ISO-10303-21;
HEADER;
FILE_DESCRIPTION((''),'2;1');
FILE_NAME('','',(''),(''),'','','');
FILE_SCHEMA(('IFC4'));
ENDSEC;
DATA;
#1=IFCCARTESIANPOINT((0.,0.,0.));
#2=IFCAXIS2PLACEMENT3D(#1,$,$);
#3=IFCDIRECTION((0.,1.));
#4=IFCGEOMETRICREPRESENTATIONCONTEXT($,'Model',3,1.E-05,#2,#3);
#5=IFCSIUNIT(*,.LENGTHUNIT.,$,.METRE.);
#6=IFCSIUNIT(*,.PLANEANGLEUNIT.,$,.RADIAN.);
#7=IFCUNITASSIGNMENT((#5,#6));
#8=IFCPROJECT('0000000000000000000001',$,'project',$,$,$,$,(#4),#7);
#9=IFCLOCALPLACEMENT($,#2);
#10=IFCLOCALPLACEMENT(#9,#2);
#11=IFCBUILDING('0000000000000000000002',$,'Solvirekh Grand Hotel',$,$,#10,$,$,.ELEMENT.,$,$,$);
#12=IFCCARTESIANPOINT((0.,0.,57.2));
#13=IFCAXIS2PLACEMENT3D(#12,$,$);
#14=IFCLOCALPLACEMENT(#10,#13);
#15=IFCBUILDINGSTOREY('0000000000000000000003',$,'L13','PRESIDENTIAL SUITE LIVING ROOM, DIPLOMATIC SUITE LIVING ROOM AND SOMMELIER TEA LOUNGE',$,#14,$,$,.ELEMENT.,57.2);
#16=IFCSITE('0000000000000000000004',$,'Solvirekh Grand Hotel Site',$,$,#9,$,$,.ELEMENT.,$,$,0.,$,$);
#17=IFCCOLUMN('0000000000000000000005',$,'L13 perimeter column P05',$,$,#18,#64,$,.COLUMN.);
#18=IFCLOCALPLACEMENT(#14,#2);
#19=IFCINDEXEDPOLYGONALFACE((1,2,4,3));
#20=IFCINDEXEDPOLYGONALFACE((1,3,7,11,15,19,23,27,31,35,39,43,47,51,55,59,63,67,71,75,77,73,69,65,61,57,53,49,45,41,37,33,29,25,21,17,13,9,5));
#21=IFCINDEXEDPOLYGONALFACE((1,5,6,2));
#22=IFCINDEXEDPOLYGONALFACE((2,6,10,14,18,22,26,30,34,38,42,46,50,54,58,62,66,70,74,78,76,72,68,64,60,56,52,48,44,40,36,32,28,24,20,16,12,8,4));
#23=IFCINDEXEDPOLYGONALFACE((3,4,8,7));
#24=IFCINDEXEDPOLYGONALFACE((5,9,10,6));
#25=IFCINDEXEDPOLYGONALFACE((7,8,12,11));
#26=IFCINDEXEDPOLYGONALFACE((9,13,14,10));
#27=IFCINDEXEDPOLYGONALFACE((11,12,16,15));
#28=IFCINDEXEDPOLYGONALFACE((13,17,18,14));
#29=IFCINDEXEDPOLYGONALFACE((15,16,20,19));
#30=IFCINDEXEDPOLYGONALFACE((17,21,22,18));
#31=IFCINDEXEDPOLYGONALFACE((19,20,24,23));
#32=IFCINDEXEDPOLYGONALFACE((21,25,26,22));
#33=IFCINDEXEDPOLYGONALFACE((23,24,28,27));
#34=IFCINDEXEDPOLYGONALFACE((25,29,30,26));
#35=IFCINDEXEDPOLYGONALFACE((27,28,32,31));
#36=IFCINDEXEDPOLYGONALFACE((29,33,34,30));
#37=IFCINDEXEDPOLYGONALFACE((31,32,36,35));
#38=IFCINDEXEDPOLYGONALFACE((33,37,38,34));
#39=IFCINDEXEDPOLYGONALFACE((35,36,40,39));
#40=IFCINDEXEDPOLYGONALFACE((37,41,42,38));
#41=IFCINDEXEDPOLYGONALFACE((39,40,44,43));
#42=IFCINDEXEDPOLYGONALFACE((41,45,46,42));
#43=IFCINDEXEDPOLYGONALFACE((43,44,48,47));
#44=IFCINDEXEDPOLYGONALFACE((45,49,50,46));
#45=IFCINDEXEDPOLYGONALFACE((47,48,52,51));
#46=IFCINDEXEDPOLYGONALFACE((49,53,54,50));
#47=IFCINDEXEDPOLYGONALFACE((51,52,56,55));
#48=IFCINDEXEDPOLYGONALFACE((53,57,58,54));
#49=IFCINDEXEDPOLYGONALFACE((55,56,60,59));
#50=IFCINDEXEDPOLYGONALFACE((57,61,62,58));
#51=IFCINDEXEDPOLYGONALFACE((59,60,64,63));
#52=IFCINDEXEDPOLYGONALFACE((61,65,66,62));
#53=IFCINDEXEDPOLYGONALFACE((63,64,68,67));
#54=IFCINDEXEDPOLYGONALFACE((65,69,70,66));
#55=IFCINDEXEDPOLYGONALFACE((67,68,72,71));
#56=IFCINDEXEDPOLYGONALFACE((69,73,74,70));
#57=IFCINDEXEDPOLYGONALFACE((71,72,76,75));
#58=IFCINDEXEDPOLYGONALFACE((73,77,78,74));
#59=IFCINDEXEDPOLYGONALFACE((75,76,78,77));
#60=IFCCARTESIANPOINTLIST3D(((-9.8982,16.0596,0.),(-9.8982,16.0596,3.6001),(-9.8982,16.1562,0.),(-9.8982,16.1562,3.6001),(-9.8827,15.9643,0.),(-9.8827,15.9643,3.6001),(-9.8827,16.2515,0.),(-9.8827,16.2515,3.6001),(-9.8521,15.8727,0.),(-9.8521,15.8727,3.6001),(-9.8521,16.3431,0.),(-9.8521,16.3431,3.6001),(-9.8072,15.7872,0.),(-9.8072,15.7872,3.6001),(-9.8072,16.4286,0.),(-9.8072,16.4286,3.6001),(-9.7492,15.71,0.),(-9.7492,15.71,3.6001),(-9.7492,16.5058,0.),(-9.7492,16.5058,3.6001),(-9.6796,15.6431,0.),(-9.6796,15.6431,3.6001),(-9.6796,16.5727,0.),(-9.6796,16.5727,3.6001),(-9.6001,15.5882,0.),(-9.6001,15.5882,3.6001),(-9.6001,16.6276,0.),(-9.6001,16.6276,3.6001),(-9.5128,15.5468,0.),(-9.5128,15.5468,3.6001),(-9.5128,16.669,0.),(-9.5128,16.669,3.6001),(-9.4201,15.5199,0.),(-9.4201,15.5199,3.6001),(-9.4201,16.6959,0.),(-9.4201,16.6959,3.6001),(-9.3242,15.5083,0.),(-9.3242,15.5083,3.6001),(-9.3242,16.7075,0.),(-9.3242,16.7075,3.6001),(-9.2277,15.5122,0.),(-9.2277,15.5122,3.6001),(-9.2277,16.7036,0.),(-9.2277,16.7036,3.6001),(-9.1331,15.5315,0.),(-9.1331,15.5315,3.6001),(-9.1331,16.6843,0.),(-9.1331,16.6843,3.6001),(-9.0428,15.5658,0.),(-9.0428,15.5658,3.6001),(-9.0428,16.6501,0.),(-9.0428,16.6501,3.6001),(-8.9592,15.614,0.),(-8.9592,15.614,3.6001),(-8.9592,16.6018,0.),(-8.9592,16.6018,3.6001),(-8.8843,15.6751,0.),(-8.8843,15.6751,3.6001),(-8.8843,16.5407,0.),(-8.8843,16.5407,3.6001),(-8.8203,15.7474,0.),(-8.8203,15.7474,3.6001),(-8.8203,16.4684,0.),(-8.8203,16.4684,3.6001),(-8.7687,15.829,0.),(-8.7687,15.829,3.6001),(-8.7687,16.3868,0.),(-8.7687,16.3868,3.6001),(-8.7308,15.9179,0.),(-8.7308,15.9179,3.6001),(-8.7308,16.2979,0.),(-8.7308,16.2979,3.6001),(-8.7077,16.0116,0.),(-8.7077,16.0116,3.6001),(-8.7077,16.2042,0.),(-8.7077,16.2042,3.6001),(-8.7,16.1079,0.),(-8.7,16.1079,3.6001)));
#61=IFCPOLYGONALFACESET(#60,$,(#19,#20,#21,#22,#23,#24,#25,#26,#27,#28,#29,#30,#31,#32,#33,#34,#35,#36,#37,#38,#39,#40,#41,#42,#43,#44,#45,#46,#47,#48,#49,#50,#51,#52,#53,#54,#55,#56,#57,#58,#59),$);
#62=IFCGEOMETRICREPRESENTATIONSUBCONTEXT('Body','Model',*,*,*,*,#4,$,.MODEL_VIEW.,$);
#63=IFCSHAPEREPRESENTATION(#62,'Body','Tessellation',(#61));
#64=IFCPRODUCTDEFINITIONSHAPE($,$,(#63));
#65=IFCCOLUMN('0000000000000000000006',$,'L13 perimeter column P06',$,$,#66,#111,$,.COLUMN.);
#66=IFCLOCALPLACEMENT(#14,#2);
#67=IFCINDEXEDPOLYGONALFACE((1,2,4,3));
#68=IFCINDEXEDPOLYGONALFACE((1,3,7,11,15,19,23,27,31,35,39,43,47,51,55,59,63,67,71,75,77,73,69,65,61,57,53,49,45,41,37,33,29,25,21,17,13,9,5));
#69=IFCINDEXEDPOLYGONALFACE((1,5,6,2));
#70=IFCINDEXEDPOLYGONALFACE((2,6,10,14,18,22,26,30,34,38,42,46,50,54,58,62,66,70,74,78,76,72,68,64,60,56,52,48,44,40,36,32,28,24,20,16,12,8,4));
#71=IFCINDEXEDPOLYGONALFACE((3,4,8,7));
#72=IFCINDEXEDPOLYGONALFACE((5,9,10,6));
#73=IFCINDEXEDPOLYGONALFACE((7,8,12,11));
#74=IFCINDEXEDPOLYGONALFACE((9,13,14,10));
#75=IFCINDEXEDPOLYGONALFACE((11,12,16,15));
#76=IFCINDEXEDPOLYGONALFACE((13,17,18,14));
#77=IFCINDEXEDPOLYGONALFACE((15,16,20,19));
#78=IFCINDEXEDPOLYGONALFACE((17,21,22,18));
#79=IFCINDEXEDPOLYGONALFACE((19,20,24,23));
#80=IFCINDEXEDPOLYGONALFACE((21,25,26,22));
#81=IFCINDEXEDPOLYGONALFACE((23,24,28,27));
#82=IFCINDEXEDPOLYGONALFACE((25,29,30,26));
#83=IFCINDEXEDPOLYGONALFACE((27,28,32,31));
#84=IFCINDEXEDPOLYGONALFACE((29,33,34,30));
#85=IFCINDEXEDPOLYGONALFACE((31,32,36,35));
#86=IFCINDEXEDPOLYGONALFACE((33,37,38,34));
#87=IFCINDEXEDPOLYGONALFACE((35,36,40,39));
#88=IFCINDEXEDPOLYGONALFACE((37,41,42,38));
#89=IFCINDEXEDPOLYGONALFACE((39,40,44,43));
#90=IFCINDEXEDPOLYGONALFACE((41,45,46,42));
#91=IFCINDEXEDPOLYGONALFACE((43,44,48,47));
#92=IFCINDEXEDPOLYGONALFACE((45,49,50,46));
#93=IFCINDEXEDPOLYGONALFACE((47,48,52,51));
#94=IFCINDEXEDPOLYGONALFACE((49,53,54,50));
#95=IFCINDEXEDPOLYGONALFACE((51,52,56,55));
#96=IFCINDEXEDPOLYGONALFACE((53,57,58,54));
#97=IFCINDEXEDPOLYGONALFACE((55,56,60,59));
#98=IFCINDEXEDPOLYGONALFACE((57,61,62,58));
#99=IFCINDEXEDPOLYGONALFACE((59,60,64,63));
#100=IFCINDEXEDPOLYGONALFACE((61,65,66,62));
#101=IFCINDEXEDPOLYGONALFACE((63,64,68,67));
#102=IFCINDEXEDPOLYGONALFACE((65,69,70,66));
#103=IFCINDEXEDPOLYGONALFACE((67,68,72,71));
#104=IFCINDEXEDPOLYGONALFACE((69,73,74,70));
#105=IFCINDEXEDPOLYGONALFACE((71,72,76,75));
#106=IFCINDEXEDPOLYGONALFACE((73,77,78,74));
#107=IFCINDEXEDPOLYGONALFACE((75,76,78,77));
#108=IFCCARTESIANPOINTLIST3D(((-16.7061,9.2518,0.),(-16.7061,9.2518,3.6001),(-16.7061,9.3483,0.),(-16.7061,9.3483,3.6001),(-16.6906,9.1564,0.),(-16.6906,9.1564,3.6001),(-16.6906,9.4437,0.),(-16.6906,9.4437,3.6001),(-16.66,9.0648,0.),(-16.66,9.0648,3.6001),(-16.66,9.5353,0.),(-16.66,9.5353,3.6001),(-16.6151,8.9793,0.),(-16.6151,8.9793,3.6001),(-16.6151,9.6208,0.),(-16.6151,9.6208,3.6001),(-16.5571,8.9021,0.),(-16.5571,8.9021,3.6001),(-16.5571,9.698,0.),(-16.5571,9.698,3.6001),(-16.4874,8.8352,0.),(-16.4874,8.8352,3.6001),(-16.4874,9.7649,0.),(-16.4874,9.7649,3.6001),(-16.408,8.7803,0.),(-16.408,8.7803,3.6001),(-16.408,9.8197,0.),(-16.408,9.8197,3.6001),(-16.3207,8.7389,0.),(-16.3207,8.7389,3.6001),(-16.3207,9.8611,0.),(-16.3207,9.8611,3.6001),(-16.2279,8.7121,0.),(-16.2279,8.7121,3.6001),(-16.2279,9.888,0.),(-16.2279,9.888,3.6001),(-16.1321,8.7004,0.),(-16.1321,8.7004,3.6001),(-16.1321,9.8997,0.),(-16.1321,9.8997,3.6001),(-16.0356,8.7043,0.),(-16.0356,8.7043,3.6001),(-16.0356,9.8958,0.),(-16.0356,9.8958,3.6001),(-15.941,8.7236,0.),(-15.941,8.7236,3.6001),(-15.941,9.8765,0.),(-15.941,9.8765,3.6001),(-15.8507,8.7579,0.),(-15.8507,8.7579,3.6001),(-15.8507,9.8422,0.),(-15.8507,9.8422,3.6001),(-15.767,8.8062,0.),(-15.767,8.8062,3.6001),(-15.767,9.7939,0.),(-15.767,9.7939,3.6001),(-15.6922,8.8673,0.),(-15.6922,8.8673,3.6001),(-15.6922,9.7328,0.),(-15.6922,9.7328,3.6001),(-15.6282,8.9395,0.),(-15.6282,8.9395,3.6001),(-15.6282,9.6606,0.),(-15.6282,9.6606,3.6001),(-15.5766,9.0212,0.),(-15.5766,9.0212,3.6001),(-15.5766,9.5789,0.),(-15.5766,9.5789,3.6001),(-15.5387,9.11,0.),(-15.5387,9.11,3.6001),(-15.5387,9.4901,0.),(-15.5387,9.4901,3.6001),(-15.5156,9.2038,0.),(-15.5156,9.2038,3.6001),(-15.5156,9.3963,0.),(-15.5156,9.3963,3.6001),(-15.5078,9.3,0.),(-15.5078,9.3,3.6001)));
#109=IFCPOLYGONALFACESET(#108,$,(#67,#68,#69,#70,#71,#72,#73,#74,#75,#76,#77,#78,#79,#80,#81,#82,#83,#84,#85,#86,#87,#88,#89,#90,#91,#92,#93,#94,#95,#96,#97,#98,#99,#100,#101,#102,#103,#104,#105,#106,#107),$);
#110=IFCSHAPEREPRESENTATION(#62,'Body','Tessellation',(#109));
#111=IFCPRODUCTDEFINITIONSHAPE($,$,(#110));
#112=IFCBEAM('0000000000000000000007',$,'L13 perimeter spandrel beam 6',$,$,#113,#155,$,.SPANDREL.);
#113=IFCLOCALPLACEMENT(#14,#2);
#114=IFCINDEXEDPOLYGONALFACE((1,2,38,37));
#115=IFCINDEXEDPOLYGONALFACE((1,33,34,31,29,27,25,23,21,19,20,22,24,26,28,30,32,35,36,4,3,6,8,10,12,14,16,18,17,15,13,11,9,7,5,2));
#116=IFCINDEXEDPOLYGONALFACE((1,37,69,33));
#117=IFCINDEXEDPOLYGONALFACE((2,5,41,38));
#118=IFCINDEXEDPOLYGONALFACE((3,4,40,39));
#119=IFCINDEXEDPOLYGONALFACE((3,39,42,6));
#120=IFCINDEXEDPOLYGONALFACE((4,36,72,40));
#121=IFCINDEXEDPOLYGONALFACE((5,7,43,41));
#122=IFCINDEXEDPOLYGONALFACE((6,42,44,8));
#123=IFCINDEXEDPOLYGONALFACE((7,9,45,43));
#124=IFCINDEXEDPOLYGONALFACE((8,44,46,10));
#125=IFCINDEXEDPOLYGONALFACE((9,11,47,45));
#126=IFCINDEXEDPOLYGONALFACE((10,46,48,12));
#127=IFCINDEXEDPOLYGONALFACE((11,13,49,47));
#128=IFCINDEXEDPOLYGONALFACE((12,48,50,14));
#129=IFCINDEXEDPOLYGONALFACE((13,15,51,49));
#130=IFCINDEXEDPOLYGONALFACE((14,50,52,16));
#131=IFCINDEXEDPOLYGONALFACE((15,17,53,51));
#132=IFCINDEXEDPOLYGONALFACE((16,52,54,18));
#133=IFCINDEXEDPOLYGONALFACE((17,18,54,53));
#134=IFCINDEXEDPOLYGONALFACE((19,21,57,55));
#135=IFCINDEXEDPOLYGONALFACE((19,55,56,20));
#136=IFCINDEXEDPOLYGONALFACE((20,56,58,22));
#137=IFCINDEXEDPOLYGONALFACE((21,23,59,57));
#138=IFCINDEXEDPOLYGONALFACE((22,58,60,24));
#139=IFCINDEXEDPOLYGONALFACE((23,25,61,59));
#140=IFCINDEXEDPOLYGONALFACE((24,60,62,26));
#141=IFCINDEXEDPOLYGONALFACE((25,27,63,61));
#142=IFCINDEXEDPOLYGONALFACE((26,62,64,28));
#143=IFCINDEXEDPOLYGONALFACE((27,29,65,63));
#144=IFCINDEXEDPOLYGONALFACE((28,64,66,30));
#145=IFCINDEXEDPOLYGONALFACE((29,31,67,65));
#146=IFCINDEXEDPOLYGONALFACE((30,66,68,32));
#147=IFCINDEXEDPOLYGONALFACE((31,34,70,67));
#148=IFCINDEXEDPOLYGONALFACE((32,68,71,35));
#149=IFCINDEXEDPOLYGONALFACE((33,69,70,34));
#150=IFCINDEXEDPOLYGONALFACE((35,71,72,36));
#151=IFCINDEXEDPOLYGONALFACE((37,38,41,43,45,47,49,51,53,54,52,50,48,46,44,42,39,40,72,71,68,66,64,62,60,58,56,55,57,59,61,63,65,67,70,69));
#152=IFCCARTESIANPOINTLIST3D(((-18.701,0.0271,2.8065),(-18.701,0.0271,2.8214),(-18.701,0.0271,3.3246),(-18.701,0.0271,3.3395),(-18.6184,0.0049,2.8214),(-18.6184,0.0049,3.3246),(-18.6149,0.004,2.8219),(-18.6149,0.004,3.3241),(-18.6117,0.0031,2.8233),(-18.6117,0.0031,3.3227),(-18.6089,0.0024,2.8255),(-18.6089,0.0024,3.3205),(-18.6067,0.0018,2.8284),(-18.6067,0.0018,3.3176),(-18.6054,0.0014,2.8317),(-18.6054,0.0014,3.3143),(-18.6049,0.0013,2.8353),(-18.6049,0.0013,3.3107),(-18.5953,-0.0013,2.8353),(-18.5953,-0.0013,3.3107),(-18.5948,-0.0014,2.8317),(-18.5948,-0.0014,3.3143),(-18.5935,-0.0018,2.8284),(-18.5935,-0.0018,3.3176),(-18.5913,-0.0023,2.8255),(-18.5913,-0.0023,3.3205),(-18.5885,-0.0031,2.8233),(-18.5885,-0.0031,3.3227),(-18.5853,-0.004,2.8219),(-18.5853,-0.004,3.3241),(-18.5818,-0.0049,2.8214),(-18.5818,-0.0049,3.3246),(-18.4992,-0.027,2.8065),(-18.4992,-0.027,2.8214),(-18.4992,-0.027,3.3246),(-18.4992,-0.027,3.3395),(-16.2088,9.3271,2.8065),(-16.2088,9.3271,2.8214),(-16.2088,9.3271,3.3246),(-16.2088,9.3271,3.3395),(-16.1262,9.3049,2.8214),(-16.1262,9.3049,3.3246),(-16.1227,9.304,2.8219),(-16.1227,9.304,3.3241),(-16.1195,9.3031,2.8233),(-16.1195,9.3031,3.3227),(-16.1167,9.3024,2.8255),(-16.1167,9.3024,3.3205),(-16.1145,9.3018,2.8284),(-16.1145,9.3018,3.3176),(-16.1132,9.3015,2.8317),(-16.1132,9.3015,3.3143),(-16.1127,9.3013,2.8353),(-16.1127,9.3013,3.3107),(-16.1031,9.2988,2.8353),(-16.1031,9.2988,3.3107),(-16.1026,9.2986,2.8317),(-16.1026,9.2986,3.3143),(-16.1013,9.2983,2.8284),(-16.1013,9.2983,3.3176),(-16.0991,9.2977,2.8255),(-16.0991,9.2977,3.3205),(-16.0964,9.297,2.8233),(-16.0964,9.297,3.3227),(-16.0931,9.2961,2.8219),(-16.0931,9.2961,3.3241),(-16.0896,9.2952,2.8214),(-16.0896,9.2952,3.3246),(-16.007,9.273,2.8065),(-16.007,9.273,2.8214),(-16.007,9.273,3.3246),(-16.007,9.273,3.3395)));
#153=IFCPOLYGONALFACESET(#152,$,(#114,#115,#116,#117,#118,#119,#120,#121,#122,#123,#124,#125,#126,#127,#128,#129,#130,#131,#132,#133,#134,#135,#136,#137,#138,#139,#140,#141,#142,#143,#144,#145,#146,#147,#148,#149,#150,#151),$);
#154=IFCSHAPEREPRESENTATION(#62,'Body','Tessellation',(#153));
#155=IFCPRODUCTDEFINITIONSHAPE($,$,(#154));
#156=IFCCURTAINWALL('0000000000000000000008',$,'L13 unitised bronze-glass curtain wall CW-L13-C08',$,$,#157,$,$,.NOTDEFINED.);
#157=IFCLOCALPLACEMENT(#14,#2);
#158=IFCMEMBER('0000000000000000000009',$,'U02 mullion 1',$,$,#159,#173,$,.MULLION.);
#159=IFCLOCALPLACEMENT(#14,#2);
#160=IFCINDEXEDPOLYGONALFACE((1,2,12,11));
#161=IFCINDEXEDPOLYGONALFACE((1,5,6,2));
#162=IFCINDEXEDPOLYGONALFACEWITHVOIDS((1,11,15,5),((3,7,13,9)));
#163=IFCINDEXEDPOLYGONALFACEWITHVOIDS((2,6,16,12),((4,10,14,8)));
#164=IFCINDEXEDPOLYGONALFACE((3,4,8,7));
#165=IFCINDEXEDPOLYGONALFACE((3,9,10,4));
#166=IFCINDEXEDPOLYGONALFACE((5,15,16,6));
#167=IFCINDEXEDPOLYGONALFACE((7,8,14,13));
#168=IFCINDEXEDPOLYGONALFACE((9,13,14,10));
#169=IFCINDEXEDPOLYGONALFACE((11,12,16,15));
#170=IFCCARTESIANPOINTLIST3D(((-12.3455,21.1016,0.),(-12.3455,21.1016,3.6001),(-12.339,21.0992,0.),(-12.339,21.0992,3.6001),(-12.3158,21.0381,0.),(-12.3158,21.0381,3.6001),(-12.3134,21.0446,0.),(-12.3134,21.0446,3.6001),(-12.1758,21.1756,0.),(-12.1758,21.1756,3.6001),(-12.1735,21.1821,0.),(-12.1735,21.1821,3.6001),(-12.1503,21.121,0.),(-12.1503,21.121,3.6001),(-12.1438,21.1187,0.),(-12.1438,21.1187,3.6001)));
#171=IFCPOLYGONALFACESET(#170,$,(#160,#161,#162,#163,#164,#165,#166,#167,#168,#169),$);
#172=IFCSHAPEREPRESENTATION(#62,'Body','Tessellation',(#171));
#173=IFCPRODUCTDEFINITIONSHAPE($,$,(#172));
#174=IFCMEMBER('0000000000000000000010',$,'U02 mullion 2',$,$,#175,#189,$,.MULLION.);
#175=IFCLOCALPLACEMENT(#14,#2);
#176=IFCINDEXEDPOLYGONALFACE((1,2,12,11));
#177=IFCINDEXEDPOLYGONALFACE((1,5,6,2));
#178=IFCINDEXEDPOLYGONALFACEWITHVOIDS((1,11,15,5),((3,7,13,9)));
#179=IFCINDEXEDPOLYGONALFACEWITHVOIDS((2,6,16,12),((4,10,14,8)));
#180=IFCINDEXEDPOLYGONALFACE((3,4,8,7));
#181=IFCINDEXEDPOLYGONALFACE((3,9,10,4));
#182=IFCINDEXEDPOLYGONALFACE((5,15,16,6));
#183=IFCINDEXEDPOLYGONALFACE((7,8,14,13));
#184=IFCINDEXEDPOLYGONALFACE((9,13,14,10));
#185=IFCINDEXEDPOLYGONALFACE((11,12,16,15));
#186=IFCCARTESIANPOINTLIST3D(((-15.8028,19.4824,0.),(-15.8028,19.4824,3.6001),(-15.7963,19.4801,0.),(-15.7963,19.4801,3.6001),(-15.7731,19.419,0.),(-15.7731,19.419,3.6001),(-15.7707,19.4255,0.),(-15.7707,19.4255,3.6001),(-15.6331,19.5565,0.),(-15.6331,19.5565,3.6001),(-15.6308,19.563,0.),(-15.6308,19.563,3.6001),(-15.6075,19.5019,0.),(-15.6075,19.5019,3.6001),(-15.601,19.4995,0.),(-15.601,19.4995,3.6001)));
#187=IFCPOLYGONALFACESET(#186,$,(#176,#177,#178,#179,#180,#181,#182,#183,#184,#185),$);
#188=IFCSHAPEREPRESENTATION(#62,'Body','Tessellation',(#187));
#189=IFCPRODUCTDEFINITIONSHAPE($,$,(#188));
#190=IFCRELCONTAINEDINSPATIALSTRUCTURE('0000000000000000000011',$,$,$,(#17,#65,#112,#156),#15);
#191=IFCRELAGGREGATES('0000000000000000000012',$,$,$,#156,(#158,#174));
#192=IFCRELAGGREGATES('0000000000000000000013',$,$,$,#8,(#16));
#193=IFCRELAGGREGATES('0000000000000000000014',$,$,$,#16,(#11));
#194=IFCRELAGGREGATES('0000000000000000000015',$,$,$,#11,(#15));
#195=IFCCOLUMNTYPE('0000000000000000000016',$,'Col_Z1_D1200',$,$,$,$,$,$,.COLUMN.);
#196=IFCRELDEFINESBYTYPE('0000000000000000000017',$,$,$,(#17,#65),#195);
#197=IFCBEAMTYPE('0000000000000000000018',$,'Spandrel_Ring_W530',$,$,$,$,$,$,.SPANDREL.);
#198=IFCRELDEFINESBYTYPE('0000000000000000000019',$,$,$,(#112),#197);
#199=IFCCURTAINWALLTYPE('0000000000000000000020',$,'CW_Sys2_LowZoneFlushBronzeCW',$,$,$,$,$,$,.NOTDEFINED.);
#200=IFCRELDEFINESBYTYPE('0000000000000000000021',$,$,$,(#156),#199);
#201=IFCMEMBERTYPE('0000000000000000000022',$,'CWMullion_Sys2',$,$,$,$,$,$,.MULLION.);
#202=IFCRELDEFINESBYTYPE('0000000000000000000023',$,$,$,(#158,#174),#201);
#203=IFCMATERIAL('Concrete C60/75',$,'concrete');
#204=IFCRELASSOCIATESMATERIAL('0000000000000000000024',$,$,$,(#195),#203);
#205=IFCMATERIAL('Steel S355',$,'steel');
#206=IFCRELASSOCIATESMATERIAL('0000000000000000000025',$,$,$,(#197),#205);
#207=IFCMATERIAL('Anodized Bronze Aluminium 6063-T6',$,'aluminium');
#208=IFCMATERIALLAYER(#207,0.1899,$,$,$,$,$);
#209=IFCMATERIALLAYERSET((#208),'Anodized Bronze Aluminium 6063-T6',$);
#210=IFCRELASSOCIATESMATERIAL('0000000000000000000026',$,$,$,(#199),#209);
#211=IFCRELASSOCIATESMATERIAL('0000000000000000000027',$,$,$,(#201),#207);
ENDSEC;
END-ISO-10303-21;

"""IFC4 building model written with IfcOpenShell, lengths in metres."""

from ifc_helpers import new_model, si_unit, direction, frame, origin, origin_2d, place, context, subcontext, project, spatial, hollow_rectangle, circle, i_section, extrude, source, transform, mapped, material, layer, layer_set, material_profile, profile_set, type_object, element, aggregate, save


model = new_model("IFC4")

# Units and contexts
model_context = context("Model", 3, precision=1e-05, world=origin(), true_north=direction((0.0, 1.0)))
body_context = subcontext(model_context, "Body", "Model", "MODEL_VIEW")
ifc_project = project(units=[si_unit("LENGTHUNIT", "METRE"), si_unit("PLANEANGLEUNIT", "RADIAN")], contexts=[model_context])

# Site, building, storey
site_placement = place(None, origin())
site = spatial("IfcSite", under=ifc_project, at=site_placement, Name="Solvirekh Grand Hotel Site", CompositionType="ELEMENT", RefElevation=0.0)
building_placement = place(site_placement, origin())
building = spatial("IfcBuilding", under=site, at=building_placement, Name="Solvirekh Grand Hotel", CompositionType="ELEMENT")
storey_placement = place(building_placement, frame((0.0, 0.0, 57.2)))
storey = spatial("IfcBuildingStorey", under=building, at=storey_placement, Name="L13", Description="PRESIDENTIAL SUITE LIVING ROOM, DIPLOMATIC SUITE LIVING ROOM AND SOMMELIER TEA LOUNGE", CompositionType="ELEMENT", Elevation=57.2)

# Columns
ifc_material_1 = material(Name="Concrete C60/75", Category="concrete")
ifc_material_profile_1 = material_profile(ifc_material_1, circle(Radius=0.6001, at=origin_2d()), Name="RC CIRC D1200")
ifc_profile_set_1 = profile_set([ifc_material_profile_1], Name="Concrete C60/75")
column_type = type_object("IfcColumnType", Name="Col_Z1_D1200", PredefinedType="COLUMN", material=ifc_profile_set_1)
for number, where, z_axis, x_axis, name in (
    (1, (-9.3, 16.1079, 0.0), (0.0, 0.0, 1.0), (1.0, 0.0, 0.0), "L13 perimeter column P05"),
    (2, (-16.1079, 9.3, 0.0), (0.0, 0.0, 1.0), (1.0, 0.0, 0.0), "L13 perimeter column P06"),
):
    element("IfcColumn", number, at=place(storey_placement, frame(where, z_axis=z_axis, x_axis=x_axis)), inside=storey, type_object=column_type, Name=name, PredefinedType="COLUMN", context=body_context, shape_type="SweptSolid", body=[
        extrude(circle(Radius=0.6001, at=origin_2d()), origin(), (0.0, 0.0, 1.0), 3.6001),
    ])

# Beam
ifc_material_2 = material(Name="Steel S355", Category="steel")
ifc_material_profile_2 = material_profile(ifc_material_2, i_section(OverallWidth=0.209, OverallDepth=0.533, WebThickness=0.01, FlangeThickness=0.0149, FilletRadius=0.0139, at=origin_2d()), Name="W530X92")
ifc_profile_set_2 = profile_set([ifc_material_profile_2], Name="Steel S355")
beam_type = type_object("IfcBeamType", Name="Spandrel_Ring_W530", PredefinedType="SPANDREL", material=ifc_profile_set_2)
beam_placement = place(storey_placement, frame((-16.1079, 9.3, 3.073), z_axis=(-0.258843, -0.965919, 0.0), x_axis=(0.965919, -0.258843, 0.0)))
element("IfcBeam", 3, at=beam_placement, inside=storey, type_object=beam_type, Name="L13 perimeter spandrel beam 6", PredefinedType="SPANDREL", context=body_context, shape_type="SweptSolid", body=[
    extrude(i_section(OverallWidth=0.209, OverallDepth=0.533, WebThickness=0.01, FlangeThickness=0.0149, FilletRadius=0.0139, at=origin_2d()), origin(), (0.0, 0.0, 1.0), 9.6282),
])

# Curtain wall, members
ifc_material_3 = material(Name="Anodized Bronze Aluminium 6063-T6", Category="aluminium")
ifc_layer_1 = layer(ifc_material_3, 0.1899)
ifc_layer_set_1 = layer_set([ifc_layer_1], Name="Anodized Bronze Aluminium 6063-T6")
curtain_wall_type = type_object("IfcCurtainWallType", Name="CW_Sys2_LowZoneFlushBronzeCW", PredefinedType="NOTDEFINED", material=ifc_layer_set_1)
curtain_wall_placement = place(storey_placement, origin())
curtain_wall = element("IfcCurtainWall", 4, at=curtain_wall_placement, inside=storey, type_object=curtain_wall_type, Name="L13 unitised bronze-glass curtain wall CW-L13-C08", PredefinedType="NOTDEFINED")
ifc_material_profile_3 = material_profile(ifc_material_3, hollow_rectangle(XDim=0.0701, YDim=0.1899, WallThickness=0.0049, at=origin_2d()), Name="ALU RHS 190X70X5")
ifc_profile_set_3 = profile_set([ifc_material_profile_3], Name="Anodized Bronze Aluminium 6063-T6")
member_type_1 = type_object("IfcMemberType", Name="CWMullion_Sys2", PredefinedType="MULLION", material=ifc_profile_set_3)
shared_shape_1 = source(origin(), body_context, "Body", "SweptSolid", [
    extrude(hollow_rectangle(XDim=0.0701, YDim=0.1899, WallThickness=0.0049, at=origin_2d()), origin(), (0.0, 0.0, 1.0), 3.6001),
])
member_1_placement = place(storey_placement, frame((-12.2446, 21.1101, 0.0), z_axis=(0.0, 0.0, 1.0), x_axis=(0.424121, -0.905605, 0.0)))
member_1 = element("IfcMember", 5, at=member_1_placement, type_object=member_type_1, Name="U02 mullion 1", PredefinedType="MULLION", context=body_context, shape_type="MappedRepresentation", body=[
    mapped(shared_shape_1, transform((0.0, 0.0, 0.0), x_axis=(1.0, 0.0, 0.0), y_axis=(0.0, 1.0, 0.0), z_axis=(0.0, 0.0, 1.0), scale=1.0)),
])
member_2_placement = place(storey_placement, frame((-15.7019, 19.491, 0.0), z_axis=(0.0, 0.0, 1.0), x_axis=(0.424121, -0.905605, 0.0)))
member_2 = element("IfcMember", 6, at=member_2_placement, type_object=member_type_1, Name="U02 mullion 2", PredefinedType="MULLION", context=body_context, shape_type="MappedRepresentation", body=[
    mapped(shared_shape_1, transform((0.0, 0.0, 0.0), x_axis=(1.0, 0.0, 0.0), y_axis=(0.0, 1.0, 0.0), z_axis=(0.0, 0.0, 1.0), scale=1.0)),
])
aggregate(curtain_wall, [member_1, member_2])

save(model, "model.ifc")
